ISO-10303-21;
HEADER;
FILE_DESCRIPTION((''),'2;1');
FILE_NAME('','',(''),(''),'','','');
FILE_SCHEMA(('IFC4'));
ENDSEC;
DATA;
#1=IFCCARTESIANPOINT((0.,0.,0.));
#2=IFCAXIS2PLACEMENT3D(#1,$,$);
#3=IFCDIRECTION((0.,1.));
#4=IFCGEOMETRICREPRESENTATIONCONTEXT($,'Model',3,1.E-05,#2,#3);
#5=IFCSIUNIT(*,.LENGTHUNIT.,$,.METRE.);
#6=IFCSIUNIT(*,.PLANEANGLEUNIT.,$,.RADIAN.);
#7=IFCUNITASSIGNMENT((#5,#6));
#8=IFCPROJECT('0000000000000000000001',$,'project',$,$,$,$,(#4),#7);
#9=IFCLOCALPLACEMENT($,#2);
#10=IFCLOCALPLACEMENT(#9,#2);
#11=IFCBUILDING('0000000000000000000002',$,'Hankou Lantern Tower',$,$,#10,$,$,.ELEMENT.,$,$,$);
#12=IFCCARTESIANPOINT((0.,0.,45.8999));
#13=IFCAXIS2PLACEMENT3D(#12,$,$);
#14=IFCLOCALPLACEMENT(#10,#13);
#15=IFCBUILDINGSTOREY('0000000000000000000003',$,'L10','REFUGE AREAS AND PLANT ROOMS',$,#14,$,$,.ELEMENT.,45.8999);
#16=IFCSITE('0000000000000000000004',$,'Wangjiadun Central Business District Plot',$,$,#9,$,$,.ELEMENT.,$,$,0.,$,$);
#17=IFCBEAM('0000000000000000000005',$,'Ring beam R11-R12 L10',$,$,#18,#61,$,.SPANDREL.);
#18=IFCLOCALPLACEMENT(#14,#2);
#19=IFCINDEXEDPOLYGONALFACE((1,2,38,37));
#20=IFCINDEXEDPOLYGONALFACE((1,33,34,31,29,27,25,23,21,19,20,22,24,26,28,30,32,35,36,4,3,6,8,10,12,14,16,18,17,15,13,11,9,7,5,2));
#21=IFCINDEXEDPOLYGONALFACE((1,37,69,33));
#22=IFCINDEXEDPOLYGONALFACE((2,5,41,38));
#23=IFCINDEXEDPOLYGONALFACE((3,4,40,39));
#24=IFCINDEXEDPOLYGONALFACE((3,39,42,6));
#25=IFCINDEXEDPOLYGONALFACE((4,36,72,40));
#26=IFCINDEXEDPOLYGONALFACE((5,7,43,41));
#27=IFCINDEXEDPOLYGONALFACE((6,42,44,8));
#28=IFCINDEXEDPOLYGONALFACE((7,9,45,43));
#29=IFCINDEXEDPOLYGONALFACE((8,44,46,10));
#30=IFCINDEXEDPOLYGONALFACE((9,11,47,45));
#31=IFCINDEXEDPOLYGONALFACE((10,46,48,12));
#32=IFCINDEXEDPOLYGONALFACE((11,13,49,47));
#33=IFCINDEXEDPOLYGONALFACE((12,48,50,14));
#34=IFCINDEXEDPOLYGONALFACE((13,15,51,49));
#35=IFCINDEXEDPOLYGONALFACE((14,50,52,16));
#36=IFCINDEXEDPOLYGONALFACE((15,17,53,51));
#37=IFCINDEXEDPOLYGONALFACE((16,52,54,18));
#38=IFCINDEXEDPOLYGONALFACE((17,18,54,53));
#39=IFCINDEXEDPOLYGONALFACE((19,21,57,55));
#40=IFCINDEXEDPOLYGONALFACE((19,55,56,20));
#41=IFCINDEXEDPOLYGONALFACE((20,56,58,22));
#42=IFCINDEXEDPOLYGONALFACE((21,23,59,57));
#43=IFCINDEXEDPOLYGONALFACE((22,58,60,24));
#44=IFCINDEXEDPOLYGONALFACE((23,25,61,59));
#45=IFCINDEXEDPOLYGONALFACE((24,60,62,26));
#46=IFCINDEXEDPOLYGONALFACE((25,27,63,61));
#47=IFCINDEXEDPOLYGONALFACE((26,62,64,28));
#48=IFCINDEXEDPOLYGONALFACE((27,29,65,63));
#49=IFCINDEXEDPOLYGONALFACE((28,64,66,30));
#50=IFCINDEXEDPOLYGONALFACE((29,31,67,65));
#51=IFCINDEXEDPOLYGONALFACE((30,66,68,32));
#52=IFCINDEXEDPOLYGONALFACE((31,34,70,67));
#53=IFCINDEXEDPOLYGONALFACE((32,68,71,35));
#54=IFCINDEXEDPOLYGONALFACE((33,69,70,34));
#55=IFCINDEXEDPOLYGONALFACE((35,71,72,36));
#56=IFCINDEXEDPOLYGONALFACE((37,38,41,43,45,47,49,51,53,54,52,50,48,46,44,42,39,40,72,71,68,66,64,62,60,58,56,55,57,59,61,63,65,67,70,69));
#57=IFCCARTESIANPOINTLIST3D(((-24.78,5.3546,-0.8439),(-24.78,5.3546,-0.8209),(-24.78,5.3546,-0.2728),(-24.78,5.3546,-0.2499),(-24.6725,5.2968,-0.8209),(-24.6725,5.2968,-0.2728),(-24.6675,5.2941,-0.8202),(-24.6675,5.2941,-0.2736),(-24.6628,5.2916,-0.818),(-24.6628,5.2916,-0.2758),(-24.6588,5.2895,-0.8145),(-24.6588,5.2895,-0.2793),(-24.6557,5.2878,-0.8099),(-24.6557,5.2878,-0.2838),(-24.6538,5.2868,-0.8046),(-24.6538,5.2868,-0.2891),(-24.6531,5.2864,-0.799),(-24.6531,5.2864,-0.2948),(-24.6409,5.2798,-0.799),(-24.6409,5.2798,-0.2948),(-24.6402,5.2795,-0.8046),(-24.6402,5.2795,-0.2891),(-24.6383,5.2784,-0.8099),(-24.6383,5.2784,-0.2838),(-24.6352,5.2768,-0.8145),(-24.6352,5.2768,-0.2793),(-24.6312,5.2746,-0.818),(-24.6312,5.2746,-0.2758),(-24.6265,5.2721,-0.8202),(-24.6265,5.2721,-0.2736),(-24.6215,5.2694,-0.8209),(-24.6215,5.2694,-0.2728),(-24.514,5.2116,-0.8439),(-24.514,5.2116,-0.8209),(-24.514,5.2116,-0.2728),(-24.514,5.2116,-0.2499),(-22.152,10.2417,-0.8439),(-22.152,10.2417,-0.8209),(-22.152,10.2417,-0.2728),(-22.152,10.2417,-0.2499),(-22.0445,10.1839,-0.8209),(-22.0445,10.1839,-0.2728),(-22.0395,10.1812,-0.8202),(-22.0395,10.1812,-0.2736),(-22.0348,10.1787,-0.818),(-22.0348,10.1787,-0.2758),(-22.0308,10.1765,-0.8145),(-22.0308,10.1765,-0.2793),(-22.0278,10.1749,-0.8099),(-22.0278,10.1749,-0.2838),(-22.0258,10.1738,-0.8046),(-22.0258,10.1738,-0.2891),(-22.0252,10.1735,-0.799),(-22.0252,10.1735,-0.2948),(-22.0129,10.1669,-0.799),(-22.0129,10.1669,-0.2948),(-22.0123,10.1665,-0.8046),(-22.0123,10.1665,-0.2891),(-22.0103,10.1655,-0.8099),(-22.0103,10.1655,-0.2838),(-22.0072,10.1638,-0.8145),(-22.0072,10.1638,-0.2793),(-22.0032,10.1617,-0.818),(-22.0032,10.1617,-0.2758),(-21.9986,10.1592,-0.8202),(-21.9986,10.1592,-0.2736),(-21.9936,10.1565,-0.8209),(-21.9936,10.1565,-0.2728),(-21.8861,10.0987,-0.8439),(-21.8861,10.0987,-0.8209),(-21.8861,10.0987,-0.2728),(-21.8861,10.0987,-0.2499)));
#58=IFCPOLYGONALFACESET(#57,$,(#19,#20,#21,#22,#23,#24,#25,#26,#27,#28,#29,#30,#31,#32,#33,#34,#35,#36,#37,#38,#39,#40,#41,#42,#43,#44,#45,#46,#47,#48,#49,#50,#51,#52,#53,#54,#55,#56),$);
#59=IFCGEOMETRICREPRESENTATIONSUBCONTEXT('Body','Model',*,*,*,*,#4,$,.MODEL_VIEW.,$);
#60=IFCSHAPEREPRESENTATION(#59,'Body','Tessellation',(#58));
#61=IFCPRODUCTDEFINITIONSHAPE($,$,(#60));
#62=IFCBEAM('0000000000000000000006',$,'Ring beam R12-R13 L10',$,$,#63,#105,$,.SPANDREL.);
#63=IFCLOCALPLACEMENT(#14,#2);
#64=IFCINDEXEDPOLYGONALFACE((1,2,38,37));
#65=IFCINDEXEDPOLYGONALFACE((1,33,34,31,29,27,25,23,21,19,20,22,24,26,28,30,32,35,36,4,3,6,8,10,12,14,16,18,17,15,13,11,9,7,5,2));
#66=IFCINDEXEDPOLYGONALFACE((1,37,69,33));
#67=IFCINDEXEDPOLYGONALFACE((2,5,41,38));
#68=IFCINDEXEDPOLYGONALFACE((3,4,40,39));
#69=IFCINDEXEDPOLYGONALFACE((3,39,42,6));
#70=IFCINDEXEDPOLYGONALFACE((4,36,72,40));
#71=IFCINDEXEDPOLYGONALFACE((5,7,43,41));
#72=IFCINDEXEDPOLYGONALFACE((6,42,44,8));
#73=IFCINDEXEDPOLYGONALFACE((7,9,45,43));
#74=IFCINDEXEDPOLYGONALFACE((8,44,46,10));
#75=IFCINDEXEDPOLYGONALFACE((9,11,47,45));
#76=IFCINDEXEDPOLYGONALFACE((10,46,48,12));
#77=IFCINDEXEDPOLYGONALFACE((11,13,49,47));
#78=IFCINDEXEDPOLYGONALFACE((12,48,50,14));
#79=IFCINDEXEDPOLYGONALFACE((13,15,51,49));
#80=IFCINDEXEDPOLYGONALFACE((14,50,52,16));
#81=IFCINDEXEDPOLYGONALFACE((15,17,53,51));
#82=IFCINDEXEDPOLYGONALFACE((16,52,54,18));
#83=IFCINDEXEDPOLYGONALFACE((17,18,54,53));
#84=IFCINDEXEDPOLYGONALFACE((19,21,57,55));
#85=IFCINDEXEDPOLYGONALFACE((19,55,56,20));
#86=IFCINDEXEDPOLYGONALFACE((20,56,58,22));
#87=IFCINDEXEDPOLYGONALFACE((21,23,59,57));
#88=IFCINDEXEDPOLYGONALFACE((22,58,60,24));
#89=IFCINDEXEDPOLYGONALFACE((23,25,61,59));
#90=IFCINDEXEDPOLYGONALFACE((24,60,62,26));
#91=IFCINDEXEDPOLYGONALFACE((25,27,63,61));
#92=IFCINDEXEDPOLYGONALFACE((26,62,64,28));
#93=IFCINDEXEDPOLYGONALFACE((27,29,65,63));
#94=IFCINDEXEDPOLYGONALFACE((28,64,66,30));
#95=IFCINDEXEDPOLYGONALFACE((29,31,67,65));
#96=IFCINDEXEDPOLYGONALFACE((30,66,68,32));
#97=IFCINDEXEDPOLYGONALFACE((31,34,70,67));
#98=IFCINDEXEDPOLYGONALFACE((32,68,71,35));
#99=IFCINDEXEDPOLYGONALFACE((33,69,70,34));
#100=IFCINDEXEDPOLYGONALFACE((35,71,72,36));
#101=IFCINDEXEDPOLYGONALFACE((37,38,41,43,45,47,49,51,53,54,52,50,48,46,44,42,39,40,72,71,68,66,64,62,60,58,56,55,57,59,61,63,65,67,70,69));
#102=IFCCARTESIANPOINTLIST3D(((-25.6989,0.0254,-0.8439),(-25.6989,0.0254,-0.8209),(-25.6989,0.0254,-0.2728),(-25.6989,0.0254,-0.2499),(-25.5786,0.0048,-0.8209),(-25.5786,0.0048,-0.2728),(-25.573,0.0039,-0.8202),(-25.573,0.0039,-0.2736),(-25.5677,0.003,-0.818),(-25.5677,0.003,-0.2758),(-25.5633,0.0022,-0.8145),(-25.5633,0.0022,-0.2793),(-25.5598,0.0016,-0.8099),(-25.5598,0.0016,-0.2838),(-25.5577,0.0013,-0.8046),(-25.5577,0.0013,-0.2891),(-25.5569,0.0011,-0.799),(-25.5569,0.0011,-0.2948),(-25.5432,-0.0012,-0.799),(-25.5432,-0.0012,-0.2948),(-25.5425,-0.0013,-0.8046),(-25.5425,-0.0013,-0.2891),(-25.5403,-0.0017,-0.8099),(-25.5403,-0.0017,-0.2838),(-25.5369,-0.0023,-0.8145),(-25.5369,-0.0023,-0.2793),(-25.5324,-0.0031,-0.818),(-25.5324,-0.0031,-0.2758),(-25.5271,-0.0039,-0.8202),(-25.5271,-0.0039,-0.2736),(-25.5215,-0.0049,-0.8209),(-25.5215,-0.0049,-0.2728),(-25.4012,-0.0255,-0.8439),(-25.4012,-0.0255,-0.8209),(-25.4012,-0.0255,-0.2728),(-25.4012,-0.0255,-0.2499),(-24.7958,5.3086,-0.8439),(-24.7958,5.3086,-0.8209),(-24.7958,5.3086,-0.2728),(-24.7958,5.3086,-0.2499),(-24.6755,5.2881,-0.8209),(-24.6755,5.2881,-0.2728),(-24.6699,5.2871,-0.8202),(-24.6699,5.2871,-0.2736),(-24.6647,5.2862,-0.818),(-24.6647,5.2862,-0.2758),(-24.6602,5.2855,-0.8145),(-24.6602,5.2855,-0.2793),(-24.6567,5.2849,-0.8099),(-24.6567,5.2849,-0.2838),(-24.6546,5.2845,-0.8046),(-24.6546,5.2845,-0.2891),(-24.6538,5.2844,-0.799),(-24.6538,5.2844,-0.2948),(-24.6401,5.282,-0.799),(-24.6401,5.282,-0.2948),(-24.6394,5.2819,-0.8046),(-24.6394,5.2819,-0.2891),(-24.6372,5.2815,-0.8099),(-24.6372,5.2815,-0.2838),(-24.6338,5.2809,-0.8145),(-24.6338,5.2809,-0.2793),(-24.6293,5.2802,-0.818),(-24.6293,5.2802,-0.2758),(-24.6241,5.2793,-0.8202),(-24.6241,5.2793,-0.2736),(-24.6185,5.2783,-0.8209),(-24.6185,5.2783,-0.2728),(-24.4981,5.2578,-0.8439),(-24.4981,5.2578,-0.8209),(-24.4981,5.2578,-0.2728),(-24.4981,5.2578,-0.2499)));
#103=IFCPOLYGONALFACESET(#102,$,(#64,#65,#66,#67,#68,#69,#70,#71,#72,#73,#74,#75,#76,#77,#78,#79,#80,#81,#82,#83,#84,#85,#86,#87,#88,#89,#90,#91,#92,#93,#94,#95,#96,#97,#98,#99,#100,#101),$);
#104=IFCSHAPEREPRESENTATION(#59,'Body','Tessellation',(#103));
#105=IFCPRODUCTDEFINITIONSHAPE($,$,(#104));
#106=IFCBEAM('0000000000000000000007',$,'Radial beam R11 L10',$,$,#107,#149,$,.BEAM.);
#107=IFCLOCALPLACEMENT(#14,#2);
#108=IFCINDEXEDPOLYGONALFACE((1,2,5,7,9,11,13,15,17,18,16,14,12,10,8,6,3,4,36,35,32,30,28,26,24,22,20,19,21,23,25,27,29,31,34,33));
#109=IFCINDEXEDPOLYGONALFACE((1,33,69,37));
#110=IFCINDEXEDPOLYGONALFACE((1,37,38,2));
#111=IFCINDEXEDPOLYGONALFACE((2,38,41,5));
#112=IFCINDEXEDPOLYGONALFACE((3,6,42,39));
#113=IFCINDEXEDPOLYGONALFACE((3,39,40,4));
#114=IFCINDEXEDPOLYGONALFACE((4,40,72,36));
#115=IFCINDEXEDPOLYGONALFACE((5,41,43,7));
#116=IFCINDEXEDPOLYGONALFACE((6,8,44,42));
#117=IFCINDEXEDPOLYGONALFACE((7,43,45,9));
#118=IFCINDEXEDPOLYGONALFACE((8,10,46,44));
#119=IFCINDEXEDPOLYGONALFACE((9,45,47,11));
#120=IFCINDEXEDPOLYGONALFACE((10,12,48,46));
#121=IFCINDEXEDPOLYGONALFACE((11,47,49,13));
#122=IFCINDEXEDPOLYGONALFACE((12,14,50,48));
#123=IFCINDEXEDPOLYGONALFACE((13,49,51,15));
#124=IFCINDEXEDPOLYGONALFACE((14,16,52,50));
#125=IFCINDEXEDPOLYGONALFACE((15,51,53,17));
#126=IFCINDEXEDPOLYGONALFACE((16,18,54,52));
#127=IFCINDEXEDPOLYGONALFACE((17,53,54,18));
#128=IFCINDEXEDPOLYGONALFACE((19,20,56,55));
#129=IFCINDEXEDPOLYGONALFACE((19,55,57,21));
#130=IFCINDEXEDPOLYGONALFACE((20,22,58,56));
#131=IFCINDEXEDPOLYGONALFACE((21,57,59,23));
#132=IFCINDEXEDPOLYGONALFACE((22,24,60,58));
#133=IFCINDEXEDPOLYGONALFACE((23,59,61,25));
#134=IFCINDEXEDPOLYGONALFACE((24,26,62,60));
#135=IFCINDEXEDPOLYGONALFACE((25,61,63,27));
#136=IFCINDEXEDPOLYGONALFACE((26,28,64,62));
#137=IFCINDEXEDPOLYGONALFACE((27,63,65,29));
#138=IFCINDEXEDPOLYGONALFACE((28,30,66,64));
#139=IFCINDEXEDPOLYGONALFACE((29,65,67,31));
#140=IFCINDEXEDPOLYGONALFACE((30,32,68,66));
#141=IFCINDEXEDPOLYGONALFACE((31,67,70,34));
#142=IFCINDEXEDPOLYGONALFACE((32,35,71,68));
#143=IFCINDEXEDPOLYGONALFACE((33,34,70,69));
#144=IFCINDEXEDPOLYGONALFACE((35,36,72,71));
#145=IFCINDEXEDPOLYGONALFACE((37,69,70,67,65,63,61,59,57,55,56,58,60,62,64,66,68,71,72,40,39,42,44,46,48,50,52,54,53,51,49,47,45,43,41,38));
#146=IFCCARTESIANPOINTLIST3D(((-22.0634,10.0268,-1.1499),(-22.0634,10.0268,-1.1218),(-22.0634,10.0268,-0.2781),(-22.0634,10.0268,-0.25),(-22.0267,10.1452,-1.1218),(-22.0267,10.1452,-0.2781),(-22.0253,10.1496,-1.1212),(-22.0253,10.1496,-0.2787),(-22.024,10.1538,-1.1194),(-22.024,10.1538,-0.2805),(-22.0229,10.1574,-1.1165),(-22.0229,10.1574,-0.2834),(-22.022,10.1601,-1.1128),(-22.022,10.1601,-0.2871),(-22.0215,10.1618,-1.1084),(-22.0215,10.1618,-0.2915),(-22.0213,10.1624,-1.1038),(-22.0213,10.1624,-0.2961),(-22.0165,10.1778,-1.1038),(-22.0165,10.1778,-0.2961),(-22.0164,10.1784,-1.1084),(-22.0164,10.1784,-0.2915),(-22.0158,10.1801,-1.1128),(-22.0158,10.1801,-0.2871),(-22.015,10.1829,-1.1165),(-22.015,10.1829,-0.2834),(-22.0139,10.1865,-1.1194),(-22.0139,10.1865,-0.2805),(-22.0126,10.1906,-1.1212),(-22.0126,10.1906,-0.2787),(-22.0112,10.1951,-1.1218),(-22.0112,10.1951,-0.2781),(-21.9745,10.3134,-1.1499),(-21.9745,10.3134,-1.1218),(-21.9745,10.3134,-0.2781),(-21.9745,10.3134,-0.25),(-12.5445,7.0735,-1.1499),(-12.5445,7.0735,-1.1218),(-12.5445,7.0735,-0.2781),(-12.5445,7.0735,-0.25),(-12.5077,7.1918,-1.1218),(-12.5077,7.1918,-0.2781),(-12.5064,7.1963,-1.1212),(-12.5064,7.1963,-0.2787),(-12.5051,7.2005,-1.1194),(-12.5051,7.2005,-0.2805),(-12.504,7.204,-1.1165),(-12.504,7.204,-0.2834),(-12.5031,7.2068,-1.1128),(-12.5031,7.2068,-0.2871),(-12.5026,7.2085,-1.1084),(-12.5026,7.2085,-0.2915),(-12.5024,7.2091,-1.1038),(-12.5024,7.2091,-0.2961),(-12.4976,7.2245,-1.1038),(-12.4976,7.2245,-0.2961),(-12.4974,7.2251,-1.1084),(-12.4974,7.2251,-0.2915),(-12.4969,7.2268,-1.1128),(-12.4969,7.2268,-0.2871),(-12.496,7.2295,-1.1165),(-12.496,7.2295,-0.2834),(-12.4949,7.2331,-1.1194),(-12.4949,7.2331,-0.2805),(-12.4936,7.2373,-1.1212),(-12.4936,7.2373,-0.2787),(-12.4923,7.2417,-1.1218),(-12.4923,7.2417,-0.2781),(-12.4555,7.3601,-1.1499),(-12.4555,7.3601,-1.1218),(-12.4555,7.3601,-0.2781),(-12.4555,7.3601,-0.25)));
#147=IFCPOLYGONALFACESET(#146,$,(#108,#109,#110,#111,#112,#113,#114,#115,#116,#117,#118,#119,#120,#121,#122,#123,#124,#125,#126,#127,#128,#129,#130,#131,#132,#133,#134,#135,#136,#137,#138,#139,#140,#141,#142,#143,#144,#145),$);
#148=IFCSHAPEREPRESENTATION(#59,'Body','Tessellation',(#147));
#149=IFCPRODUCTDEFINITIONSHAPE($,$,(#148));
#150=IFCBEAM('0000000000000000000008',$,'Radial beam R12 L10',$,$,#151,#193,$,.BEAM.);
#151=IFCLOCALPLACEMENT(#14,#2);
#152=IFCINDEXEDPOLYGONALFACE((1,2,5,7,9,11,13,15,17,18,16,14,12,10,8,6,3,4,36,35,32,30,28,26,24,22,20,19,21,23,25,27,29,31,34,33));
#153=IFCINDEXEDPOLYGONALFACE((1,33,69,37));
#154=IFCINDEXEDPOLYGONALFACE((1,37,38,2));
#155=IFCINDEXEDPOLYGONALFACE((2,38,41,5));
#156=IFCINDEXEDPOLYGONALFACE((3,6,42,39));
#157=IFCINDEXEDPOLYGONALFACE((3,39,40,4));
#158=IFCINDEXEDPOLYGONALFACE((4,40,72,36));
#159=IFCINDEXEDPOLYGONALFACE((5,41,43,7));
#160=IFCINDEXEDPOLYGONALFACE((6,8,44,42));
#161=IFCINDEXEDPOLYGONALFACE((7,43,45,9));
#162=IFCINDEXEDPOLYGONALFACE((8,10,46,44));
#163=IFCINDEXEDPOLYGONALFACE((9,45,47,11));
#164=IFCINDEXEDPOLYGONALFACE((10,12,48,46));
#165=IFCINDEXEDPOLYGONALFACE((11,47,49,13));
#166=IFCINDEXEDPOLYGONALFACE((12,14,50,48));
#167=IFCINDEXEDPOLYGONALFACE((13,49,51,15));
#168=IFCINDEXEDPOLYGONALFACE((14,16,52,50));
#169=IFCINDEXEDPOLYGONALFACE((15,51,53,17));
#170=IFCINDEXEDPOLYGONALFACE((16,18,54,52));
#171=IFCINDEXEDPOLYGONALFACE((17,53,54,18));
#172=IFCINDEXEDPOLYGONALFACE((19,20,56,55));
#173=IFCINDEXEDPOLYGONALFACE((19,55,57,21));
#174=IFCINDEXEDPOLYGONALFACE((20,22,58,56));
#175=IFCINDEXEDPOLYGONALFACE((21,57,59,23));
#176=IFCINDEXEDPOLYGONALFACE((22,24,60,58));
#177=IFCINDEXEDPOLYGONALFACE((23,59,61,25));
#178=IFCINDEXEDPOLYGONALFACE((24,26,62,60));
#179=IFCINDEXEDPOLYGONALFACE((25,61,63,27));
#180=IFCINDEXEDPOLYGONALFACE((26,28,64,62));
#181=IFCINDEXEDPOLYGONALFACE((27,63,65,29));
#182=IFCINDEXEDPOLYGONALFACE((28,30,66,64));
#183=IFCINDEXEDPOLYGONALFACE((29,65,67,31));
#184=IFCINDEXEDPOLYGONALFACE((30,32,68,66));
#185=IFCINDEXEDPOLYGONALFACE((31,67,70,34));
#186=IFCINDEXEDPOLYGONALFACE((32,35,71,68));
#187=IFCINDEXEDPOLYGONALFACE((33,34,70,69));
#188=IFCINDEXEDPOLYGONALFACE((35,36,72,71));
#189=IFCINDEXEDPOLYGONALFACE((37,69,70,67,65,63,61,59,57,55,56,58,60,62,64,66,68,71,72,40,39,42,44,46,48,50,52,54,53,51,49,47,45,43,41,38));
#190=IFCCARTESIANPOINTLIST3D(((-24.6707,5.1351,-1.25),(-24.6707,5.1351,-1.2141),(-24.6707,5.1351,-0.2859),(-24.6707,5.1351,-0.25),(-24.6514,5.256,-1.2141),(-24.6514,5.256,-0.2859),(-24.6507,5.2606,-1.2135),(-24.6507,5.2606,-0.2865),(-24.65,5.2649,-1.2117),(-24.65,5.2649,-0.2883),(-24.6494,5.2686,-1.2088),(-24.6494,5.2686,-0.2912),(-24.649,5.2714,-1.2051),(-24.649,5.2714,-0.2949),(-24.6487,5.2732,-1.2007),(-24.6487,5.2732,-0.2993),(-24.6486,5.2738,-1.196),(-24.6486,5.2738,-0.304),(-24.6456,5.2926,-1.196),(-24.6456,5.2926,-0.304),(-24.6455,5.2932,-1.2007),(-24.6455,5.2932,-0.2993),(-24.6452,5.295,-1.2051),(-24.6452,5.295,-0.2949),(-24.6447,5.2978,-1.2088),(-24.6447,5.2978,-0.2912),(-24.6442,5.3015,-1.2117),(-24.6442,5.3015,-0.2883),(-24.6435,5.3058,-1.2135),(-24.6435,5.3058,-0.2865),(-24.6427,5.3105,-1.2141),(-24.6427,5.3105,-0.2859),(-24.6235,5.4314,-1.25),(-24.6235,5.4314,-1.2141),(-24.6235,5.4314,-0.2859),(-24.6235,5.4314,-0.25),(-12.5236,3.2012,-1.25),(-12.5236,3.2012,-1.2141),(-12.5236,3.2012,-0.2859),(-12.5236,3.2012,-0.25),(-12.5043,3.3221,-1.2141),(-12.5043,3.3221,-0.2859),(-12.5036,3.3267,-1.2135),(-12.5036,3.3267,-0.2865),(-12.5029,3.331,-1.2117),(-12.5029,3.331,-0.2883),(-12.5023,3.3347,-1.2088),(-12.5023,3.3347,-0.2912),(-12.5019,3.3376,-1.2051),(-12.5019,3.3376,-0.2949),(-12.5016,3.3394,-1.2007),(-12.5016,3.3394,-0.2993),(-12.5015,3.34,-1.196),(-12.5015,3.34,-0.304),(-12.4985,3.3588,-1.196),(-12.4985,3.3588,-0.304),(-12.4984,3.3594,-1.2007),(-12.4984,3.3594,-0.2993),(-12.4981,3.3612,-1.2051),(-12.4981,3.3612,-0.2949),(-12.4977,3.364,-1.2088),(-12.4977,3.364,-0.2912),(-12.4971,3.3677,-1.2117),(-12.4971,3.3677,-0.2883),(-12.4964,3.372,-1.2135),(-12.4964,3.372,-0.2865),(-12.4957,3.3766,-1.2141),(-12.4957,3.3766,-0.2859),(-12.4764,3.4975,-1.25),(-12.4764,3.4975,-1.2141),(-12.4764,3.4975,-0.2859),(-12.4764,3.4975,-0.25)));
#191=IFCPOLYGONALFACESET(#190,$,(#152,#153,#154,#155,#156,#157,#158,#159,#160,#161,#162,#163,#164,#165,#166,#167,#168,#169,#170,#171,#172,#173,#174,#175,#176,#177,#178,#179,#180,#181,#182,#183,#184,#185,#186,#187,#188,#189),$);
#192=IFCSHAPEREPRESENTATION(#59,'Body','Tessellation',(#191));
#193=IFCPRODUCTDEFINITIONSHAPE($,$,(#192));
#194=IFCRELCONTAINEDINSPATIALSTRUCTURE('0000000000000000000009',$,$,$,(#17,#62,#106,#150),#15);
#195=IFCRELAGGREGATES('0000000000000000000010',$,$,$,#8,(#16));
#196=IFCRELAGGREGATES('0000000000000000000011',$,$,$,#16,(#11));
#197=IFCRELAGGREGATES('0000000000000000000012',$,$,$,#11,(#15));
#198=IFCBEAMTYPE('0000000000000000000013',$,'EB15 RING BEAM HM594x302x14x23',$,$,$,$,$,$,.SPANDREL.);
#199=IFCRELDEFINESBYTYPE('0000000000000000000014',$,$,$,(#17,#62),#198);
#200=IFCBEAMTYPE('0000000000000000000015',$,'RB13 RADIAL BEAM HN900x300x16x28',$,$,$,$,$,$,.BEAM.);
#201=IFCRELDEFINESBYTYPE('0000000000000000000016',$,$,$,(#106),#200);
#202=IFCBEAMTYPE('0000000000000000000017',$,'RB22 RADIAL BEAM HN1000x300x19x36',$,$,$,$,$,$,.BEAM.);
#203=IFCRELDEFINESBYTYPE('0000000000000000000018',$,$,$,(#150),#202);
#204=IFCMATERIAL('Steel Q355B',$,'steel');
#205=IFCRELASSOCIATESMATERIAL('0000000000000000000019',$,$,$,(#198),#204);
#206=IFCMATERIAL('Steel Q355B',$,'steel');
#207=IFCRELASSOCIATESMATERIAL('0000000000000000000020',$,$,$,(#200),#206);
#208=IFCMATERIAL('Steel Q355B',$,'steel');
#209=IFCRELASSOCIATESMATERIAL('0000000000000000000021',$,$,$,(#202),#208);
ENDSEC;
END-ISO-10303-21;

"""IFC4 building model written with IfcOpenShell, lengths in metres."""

from ifc_helpers import new_model, si_unit, direction, frame, origin, origin_2d, place, context, subcontext, project, spatial, i_section, extrude, material, material_profile, profile_set, type_object, element, save


model = new_model("IFC4")

# Units and contexts
model_context = context("Model", 3, precision=1e-05, world=origin(), true_north=direction((0.0, 1.0)))
body_context = subcontext(model_context, "Body", "Model", "MODEL_VIEW")
ifc_project = project(units=[si_unit("LENGTHUNIT", "METRE"), si_unit("PLANEANGLEUNIT", "RADIAN")], contexts=[model_context])

# Site, building, storey
site_placement = place(None, origin())
site = spatial("IfcSite", under=ifc_project, at=site_placement, Name="Wangjiadun Central Business District Plot", CompositionType="ELEMENT", RefElevation=0.0)
building_placement = place(site_placement, origin())
building = spatial("IfcBuilding", under=site, at=building_placement, Name="Hankou Lantern Tower", CompositionType="ELEMENT")
storey_placement = place(building_placement, frame((0.0, 0.0, 45.8999)))
storey = spatial("IfcBuildingStorey", under=building, at=storey_placement, Name="L10", Description="REFUGE AREAS AND PLANT ROOMS", CompositionType="ELEMENT", Elevation=45.8999)

# Beams
ifc_material_1 = material(Name="Steel Q355B", Category="steel")
ifc_material_profile_1 = material_profile(ifc_material_1, i_section(OverallWidth=0.302, OverallDepth=0.594, WebThickness=0.0139, FlangeThickness=0.0229, FilletRadius=0.022, at=origin_2d()), Name="HM594x302x14x23")
ifc_profile_set_1 = profile_set([ifc_material_profile_1], Name="Steel Q355B")
beam_type_1 = type_object("IfcBeamType", Name="EB15 RING BEAM HM594x302x14x23", PredefinedType="SPANDREL", material=ifc_profile_set_1)
beam_1_placement = place(storey_placement, frame((-22.019, 10.1702, -0.5469), z_axis=(-0.473609, -0.880735, 0.0), x_axis=(0.880735, -0.473609, 0.0)))
element("IfcBeam", 1, at=beam_1_placement, inside=storey, type_object=beam_type_1, Name="Ring beam R11-R12 L10", PredefinedType="SPANDREL", context=body_context, shape_type="SweptSolid", body=[
    extrude(i_section(OverallWidth=0.302, OverallDepth=0.594, WebThickness=0.0139, FlangeThickness=0.0229, FilletRadius=0.022, at=origin_2d()), origin(), (0.0, 0.0, 1.0), 5.5488),
])
beam_2_placement = place(storey_placement, frame((-24.647, 5.2832, -0.5469), z_axis=(-0.16849, -0.985703, 0.0), x_axis=(0.985703, -0.16849, 0.0)))
element("IfcBeam", 2, at=beam_2_placement, inside=storey, type_object=beam_type_1, Name="Ring beam R12-R13 L10", PredefinedType="SPANDREL", context=body_context, shape_type="SweptSolid", body=[
    extrude(i_section(OverallWidth=0.302, OverallDepth=0.594, WebThickness=0.0139, FlangeThickness=0.0229, FilletRadius=0.022, at=origin_2d()), origin(), (0.0, 0.0, 1.0), 5.3599),
])
ifc_material_2 = material(Name="Steel Q355B", Category="steel")
ifc_material_profile_2 = material_profile(ifc_material_2, i_section(OverallWidth=0.3, OverallDepth=0.8999, WebThickness=0.0161, FlangeThickness=0.0281, FilletRadius=0.0181, at=origin_2d()), Name="HN900x300x16x28")
ifc_profile_set_2 = profile_set([ifc_material_profile_2], Name="Steel Q355B")
beam_type_2 = type_object("IfcBeamType", Name="RB13 RADIAL BEAM HN900x300x16x28", PredefinedType="BEAM", material=ifc_profile_set_2)
beam_3_placement = place(storey_placement, frame((-12.5, 7.2168, -0.7), z_axis=(-0.955087, 0.296324, 0.0), x_axis=(-0.296324, -0.955087, 0.0)))
element("IfcBeam", 3, at=beam_3_placement, inside=storey, type_object=beam_type_2, Name="Radial beam R11 L10", PredefinedType="BEAM", context=body_context, shape_type="SweptSolid", body=[
    extrude(i_section(OverallWidth=0.3, OverallDepth=0.8999, WebThickness=0.0161, FlangeThickness=0.0281, FilletRadius=0.0181, at=origin_2d()), origin(), (0.0, 0.0, 1.0), 9.9666),
])
ifc_material_3 = material(Name="Steel Q355B", Category="steel")
ifc_material_profile_3 = material_profile(ifc_material_3, i_section(OverallWidth=0.3, OverallDepth=1.0, WebThickness=0.019, FlangeThickness=0.0359, FilletRadius=0.0181, at=origin_2d()), Name="HN1000x300x19x36")
ifc_profile_set_3 = profile_set([ifc_material_profile_3], Name="Steel Q355B")
beam_type_3 = type_object("IfcBeamType", Name="RB22 RADIAL BEAM HN1000x300x19x36", PredefinedType="BEAM", material=ifc_profile_set_3)
beam_4_placement = place(storey_placement, frame((-12.5, 3.3494, -0.75), z_axis=(-0.987563, 0.157223, 0.0), x_axis=(-0.157223, -0.987563, 0.0)))
element("IfcBeam", 4, at=beam_4_placement, inside=storey, type_object=beam_type_3, Name="Radial beam R12 L10", PredefinedType="BEAM", context=body_context, shape_type="SweptSolid", body=[
    extrude(i_section(OverallWidth=0.3, OverallDepth=1.0, WebThickness=0.019, FlangeThickness=0.0359, FilletRadius=0.0181, at=origin_2d()), origin(), (0.0, 0.0, 1.0), 12.3),
])

save(model, "model.ifc")
